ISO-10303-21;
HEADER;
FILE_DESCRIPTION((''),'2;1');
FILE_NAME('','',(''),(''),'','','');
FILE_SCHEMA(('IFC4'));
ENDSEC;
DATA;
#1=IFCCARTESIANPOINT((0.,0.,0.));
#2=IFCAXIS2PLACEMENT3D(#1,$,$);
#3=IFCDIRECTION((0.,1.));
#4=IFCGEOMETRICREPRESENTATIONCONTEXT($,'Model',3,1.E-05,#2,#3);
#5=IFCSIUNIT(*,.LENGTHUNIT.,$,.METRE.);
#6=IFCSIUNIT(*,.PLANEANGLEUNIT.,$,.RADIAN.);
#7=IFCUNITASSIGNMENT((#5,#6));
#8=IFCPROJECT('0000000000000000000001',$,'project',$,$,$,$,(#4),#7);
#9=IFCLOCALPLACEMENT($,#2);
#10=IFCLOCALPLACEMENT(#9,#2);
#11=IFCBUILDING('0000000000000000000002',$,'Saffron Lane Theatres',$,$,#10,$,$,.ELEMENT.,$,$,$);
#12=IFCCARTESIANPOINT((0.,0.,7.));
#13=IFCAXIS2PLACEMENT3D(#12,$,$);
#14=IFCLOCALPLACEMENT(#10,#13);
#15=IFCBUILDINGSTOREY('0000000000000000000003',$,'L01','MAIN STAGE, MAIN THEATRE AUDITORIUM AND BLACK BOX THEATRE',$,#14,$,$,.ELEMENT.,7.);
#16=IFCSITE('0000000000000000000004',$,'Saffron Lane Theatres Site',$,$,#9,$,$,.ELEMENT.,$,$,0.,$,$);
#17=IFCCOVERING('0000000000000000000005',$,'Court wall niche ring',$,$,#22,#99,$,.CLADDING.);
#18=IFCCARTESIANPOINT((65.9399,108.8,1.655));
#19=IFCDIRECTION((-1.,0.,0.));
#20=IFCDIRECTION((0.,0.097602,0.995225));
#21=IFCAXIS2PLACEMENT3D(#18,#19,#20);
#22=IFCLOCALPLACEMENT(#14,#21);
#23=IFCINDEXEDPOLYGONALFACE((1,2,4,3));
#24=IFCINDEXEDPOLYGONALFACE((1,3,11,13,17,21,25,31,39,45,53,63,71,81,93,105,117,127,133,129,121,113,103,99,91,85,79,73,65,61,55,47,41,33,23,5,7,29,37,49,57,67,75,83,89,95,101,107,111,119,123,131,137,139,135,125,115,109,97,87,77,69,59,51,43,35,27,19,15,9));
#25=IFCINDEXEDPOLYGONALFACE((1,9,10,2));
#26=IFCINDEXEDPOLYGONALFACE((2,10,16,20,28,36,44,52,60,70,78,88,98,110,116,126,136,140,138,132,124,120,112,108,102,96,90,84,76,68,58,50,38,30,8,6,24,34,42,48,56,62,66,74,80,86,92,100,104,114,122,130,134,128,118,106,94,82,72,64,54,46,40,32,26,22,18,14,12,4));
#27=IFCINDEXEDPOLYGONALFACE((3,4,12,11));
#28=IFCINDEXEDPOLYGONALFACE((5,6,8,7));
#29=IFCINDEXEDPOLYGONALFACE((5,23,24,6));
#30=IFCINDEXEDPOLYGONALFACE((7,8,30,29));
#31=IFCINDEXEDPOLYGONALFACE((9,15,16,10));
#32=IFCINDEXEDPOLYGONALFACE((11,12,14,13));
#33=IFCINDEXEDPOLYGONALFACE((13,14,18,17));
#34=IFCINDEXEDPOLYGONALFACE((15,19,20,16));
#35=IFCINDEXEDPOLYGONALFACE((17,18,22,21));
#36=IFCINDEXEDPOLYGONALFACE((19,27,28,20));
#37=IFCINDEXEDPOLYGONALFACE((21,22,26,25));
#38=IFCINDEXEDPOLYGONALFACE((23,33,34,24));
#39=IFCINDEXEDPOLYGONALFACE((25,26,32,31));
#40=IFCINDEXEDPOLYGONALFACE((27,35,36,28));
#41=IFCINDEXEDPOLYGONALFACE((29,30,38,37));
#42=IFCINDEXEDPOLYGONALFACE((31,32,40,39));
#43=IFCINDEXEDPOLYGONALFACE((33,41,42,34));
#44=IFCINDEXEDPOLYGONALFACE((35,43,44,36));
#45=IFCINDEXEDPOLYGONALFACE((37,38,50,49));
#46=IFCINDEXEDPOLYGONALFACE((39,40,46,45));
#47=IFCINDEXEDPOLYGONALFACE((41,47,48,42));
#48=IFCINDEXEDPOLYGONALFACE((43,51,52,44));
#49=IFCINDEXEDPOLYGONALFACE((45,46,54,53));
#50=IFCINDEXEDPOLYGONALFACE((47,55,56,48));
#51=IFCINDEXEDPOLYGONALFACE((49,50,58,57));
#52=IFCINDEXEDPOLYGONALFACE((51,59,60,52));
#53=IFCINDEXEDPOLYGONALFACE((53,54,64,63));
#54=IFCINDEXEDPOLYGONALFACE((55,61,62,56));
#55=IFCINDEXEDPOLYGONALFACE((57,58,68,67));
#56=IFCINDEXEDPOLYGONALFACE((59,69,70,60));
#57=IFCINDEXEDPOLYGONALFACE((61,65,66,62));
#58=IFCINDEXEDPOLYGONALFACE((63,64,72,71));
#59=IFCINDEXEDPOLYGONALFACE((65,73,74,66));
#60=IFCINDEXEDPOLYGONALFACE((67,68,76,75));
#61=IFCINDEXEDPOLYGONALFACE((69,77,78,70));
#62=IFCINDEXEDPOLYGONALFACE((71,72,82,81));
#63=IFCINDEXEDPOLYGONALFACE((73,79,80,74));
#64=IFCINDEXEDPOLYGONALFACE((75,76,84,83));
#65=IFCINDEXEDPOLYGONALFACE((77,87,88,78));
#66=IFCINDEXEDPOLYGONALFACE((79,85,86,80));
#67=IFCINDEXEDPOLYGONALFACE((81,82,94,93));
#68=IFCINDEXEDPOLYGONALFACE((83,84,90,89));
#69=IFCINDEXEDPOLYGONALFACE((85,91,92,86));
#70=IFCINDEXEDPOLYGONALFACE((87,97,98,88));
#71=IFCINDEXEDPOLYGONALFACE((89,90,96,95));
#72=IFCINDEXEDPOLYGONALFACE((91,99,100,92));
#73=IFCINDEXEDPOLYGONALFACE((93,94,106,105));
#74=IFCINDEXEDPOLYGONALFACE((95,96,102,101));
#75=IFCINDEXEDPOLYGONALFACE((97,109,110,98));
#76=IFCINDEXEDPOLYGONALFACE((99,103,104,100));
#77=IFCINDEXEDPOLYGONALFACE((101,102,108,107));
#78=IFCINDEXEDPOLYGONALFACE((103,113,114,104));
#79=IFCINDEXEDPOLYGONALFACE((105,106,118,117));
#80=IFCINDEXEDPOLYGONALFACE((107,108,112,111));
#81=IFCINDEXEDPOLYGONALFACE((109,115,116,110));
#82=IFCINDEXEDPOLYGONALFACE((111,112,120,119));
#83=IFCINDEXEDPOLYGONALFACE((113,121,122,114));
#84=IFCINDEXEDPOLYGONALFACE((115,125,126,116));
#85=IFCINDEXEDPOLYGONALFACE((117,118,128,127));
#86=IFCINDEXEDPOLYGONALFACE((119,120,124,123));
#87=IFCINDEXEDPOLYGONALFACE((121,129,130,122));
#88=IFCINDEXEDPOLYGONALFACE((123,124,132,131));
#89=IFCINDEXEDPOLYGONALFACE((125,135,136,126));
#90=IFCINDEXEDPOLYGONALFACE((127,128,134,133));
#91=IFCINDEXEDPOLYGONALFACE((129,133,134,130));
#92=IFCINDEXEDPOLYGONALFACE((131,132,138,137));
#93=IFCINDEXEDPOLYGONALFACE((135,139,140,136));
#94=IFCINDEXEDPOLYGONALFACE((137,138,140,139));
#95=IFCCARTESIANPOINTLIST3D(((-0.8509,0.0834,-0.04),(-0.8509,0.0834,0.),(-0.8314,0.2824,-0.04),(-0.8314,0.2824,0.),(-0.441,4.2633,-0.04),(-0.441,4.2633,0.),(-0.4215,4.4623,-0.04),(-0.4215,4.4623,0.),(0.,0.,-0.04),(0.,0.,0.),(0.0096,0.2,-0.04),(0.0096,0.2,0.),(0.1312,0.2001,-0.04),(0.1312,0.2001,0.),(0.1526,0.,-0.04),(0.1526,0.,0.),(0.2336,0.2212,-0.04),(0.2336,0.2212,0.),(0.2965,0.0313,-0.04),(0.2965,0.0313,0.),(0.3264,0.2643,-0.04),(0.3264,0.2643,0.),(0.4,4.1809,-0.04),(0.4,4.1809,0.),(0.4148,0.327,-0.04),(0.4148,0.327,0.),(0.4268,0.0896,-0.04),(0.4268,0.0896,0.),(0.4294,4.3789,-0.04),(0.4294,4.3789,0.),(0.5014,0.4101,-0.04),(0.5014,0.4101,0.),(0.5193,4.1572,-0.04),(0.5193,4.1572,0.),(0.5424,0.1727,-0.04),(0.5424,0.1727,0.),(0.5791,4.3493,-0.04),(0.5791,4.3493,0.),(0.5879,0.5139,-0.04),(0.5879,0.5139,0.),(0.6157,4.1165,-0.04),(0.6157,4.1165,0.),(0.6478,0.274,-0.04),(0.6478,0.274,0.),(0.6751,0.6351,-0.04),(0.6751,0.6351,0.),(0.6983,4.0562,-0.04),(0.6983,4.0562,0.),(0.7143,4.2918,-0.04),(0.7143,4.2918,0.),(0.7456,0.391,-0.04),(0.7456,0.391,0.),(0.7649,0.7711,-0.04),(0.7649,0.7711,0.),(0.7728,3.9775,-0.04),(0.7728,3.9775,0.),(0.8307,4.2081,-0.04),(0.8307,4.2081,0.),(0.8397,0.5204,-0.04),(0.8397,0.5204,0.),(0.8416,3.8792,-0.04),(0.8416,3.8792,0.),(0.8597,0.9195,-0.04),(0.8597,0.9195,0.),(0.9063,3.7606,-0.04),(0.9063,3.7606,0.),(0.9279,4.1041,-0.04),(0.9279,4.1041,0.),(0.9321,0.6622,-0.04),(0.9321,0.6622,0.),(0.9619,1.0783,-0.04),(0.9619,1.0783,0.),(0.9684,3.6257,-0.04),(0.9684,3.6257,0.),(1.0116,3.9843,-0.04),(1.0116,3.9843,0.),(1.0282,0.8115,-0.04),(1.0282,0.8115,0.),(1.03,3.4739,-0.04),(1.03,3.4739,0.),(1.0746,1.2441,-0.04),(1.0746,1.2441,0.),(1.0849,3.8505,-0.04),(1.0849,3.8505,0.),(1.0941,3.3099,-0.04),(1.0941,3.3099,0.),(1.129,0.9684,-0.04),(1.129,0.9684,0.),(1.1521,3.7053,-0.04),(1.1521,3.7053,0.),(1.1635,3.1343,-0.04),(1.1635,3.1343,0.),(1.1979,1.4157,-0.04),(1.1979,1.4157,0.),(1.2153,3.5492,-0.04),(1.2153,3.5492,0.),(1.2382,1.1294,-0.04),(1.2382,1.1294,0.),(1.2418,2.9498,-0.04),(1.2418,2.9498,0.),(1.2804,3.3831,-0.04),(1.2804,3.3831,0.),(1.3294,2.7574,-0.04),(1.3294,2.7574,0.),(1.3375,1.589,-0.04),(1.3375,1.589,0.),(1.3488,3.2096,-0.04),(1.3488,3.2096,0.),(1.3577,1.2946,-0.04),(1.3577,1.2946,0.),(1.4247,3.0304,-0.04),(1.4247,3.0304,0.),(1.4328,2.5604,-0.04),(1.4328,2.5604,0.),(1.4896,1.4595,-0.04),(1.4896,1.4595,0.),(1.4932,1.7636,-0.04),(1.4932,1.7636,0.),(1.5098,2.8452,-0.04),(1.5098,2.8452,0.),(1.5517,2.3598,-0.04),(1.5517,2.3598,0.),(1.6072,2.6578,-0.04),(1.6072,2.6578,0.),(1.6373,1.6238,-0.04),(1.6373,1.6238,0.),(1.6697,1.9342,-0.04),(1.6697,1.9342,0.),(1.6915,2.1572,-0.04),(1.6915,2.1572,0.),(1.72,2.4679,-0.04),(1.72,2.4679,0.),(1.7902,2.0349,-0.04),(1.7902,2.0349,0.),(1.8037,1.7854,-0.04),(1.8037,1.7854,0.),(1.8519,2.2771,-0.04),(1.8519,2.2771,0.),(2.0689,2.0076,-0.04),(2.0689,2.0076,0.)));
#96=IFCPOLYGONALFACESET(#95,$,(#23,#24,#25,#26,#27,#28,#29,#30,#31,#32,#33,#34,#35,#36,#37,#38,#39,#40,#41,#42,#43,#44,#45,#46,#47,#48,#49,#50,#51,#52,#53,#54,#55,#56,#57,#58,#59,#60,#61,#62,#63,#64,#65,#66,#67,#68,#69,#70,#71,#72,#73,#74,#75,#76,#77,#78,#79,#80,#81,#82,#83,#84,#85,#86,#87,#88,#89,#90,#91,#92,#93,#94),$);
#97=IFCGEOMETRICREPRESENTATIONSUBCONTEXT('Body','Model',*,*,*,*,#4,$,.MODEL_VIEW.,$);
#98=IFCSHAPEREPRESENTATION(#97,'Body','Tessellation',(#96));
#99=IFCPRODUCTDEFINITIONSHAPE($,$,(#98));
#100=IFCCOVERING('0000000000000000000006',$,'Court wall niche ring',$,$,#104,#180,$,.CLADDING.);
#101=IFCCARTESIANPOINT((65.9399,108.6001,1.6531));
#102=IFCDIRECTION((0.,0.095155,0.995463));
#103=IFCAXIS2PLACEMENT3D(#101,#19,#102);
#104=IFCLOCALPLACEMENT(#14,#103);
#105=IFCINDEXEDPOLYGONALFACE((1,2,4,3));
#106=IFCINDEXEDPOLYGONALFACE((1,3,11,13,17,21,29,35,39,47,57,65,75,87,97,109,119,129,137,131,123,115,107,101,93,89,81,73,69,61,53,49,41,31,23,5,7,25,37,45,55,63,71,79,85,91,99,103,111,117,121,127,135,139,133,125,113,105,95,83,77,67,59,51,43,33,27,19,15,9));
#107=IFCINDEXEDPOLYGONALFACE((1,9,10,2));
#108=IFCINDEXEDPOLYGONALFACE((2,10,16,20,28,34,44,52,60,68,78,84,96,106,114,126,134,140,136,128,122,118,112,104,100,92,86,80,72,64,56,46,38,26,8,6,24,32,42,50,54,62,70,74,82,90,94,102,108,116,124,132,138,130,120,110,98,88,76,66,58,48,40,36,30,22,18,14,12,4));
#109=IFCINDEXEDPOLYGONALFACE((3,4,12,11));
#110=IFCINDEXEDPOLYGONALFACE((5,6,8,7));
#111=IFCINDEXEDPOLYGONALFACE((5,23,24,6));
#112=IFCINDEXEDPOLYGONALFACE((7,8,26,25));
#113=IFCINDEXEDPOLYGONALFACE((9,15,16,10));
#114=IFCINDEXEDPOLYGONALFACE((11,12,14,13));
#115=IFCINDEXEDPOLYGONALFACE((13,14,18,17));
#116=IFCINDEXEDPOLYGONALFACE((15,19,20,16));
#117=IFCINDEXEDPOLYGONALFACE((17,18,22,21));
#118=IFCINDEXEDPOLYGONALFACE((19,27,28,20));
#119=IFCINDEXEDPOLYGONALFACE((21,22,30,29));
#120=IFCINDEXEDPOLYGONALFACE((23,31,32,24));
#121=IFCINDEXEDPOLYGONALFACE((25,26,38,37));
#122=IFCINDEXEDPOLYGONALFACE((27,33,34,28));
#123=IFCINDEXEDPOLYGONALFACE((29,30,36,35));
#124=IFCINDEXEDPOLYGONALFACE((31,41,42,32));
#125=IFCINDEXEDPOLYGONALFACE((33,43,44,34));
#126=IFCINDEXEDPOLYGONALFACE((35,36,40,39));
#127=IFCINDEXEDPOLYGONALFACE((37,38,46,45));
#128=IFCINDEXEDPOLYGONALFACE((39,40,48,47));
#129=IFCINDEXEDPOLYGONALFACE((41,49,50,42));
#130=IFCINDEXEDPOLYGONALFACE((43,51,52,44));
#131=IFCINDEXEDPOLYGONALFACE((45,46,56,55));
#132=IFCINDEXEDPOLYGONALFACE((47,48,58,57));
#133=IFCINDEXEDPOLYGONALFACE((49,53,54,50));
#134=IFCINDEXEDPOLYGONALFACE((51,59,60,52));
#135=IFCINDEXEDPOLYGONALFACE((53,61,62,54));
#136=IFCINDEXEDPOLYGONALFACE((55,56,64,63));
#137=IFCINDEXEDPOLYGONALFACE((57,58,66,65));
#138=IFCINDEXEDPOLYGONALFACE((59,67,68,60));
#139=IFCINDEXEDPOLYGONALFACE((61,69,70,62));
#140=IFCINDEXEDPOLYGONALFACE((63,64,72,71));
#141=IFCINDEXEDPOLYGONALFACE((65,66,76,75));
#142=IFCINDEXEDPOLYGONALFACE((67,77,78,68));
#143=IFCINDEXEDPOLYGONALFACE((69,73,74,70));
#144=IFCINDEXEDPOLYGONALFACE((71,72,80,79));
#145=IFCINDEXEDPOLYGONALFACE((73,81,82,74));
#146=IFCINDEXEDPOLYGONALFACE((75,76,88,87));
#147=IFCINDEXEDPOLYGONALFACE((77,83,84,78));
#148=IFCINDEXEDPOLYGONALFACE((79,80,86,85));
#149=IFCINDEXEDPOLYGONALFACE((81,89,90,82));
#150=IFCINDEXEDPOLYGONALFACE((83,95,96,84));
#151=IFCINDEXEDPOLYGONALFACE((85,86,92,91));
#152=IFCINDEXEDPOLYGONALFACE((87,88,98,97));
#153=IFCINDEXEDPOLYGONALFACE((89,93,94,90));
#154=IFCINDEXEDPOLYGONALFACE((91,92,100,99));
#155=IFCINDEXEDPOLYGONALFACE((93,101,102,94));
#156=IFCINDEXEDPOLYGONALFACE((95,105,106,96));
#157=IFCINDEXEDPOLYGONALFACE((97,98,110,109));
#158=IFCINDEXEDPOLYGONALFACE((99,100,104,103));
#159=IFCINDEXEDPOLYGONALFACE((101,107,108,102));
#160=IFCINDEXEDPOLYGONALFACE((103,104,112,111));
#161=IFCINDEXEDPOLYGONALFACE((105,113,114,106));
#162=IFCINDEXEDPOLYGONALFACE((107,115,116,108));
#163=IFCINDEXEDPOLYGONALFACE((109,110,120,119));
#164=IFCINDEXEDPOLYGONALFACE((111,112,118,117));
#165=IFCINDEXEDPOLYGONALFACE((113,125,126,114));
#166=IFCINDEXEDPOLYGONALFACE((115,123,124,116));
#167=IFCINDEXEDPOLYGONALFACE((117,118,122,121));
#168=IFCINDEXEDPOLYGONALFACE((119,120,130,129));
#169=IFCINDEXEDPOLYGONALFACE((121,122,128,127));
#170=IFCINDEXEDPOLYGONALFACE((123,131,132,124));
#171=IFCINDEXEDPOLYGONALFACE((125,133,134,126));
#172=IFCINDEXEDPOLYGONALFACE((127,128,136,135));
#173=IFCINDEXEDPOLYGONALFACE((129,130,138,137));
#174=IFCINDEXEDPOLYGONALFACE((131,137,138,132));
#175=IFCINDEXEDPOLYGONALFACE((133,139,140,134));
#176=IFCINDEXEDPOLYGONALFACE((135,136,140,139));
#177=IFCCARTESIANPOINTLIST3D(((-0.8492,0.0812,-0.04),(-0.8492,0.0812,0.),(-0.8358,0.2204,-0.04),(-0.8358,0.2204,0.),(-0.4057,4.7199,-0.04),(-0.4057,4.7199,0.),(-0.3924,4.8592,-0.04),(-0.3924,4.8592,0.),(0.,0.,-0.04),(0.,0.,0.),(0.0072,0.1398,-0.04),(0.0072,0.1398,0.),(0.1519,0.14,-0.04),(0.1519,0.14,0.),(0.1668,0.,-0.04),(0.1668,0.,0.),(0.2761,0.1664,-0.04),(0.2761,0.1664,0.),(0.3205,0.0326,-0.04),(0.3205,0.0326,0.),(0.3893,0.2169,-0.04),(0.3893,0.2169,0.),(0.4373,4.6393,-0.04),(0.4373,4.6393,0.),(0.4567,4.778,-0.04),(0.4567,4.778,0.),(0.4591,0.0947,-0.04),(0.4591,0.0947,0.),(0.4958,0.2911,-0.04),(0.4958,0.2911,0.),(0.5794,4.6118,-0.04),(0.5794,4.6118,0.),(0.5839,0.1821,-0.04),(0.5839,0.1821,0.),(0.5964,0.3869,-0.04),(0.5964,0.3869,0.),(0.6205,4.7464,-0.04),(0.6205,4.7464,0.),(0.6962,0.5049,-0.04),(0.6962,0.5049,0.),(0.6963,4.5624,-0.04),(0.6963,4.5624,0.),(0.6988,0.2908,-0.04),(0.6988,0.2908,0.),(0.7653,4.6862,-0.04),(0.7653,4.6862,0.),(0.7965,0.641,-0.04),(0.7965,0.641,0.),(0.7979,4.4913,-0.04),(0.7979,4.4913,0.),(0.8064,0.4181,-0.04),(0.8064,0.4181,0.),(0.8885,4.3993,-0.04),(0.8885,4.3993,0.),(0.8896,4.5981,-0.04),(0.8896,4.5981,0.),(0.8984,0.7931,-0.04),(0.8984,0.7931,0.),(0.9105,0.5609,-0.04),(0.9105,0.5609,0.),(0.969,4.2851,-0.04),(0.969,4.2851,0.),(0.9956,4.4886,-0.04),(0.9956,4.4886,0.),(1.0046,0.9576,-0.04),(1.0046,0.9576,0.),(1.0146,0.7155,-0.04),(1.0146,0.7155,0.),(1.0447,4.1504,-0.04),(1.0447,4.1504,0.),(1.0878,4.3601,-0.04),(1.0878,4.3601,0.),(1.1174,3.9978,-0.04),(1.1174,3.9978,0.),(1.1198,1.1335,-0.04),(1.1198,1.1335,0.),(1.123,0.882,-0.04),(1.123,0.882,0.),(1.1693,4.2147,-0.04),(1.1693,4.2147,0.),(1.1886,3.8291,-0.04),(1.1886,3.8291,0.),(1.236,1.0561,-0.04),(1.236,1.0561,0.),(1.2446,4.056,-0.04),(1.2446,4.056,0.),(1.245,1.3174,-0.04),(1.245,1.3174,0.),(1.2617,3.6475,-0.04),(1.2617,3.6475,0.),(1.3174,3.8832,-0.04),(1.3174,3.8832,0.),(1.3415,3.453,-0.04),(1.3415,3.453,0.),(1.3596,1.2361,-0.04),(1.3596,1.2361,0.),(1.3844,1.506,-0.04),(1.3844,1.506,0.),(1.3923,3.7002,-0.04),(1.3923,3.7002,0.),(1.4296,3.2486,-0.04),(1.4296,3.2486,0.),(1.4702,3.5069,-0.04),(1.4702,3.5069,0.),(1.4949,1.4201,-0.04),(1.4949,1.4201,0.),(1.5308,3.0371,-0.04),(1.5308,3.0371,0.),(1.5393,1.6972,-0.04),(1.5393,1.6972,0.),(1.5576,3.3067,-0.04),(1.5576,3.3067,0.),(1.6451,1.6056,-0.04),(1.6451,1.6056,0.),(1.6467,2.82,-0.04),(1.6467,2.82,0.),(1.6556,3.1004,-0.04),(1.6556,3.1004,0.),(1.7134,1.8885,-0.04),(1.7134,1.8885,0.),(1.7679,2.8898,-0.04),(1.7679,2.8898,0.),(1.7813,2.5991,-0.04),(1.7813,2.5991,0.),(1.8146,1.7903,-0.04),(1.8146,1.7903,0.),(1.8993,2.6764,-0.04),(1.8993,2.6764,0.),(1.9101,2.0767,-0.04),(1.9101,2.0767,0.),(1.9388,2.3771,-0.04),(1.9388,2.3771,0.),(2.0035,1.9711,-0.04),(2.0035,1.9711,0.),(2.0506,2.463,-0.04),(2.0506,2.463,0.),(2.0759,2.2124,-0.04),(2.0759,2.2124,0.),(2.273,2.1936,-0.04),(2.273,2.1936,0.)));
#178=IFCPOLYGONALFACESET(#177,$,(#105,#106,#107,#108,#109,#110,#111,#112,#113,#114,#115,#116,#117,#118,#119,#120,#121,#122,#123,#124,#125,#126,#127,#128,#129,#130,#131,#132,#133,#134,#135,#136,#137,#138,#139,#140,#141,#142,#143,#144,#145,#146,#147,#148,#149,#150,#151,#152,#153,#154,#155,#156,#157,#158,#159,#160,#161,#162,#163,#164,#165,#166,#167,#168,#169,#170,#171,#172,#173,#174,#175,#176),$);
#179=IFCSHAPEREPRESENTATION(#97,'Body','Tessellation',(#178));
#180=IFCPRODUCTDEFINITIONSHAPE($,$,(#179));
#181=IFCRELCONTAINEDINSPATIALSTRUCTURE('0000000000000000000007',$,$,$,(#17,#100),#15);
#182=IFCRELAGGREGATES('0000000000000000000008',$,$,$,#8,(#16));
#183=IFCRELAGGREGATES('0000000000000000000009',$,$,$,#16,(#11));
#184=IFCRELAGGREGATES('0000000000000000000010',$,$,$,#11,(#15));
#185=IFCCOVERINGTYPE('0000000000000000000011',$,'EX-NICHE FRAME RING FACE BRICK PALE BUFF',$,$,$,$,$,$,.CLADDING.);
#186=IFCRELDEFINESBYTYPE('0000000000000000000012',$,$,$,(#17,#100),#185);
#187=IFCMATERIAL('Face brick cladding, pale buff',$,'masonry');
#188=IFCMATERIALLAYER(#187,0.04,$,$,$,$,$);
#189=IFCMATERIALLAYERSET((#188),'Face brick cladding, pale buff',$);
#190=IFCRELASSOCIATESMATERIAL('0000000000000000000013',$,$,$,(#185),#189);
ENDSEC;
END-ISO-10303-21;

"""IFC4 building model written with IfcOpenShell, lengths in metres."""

from ifc_helpers import new_model, si_unit, direction, frame, origin, place, context, subcontext, project, spatial, polyline, outline, extrude, material, layer, layer_set, type_object, element, save


model = new_model("IFC4")

# Units and contexts
model_context = context("Model", 3, precision=1e-05, world=origin(), true_north=direction((0.0, 1.0)))
body_context = subcontext(model_context, "Body", "Model", "MODEL_VIEW")
ifc_project = project(units=[si_unit("LENGTHUNIT", "METRE"), si_unit("PLANEANGLEUNIT", "RADIAN")], contexts=[model_context])

# Site, building, storey
site_placement = place(None, origin())
site = spatial("IfcSite", under=ifc_project, at=site_placement, Name="Saffron Lane Theatres Site", CompositionType="ELEMENT", RefElevation=0.0)
building_placement = place(site_placement, origin())
building = spatial("IfcBuilding", under=site, at=building_placement, Name="Saffron Lane Theatres", CompositionType="ELEMENT")
storey_placement = place(building_placement, frame((0.0, 0.0, 7.0)))
storey = spatial("IfcBuildingStorey", under=building, at=storey_placement, Name="L01", Description="MAIN STAGE, MAIN THEATRE AUDITORIUM AND BLACK BOX THEATRE", CompositionType="ELEMENT", Elevation=7.0)

# Coverings
ifc_material_1 = material(Name="Face brick cladding, pale buff", Category="masonry")
ifc_layer_1 = layer(ifc_material_1, 0.04)
ifc_layer_set_1 = layer_set([ifc_layer_1], Name="Face brick cladding, pale buff")
covering_type_1 = type_object("IfcCoveringType", Name="EX-NICHE FRAME RING FACE BRICK PALE BUFF", PredefinedType="CLADDING", material=ifc_layer_set_1)
covering_1_placement = place(storey_placement, frame((65.9399, 108.8, 1.655), z_axis=(-1.0, 0.0, 0.0), x_axis=(0.0, 0.097602, 0.995225)))
element("IfcCovering", 1, at=covering_1_placement, inside=storey, type_object=covering_type_1, Name="Court wall niche ring", PredefinedType="CLADDING", context=body_context, shape_type="SweptSolid", body=[
    extrude(outline(polyline([(0.0, 0.0), (0.1526, 0.0), (0.2965, 0.0313), (0.4268, 0.0896), (0.5424, 0.1727), (0.6478, 0.274), (0.7456, 0.391), (0.8397, 0.5204), (0.9321, 0.6622), (1.0282, 0.8115), (1.129, 0.9684), (1.2382, 1.1294), (1.3577, 1.2946), (1.4896, 1.4595), (1.6373, 1.6238), (1.8037, 1.7854), (2.0689, 2.0076), (1.8519, 2.2771), (1.72, 2.4679), (1.6072, 2.6578), (1.5098, 2.8452), (1.4247, 3.0304), (1.3488, 3.2096), (1.2804, 3.3831), (1.2153, 3.5492), (1.1521, 3.7053), (1.0849, 3.8505), (1.0116, 3.9843), (0.9279, 4.1041), (0.8307, 4.2081), (0.7143, 4.2918), (0.5791, 4.3493), (0.4294, 4.3789), (-0.4215, 4.4623), (-0.441, 4.2633), (0.4, 4.1809), (0.5193, 4.1572), (0.6157, 4.1165), (0.6983, 4.0562), (0.7728, 3.9775), (0.8416, 3.8792), (0.9063, 3.7606), (0.9684, 3.6257), (1.03, 3.4739), (1.0941, 3.3099), (1.1635, 3.1343), (1.2418, 2.9498), (1.3294, 2.7574), (1.4328, 2.5604), (1.5517, 2.3598), (1.6915, 2.1572), (1.7902, 2.0349), (1.6697, 1.9342), (1.4932, 1.7636), (1.3375, 1.589), (1.1979, 1.4157), (1.0746, 1.2441), (0.9619, 1.0783), (0.8597, 0.9195), (0.7649, 0.7711), (0.6751, 0.6351), (0.5879, 0.5139), (0.5014, 0.4101), (0.4148, 0.327), (0.3264, 0.2643), (0.2336, 0.2212), (0.1312, 0.2001), (0.0096, 0.2), (-0.8314, 0.2824), (-0.8509, 0.0834), (0.0, 0.0)])), origin(), (0.0, 0.0, -1.0), 0.04),
])
covering_2_placement = place(storey_placement, frame((65.9399, 108.6001, 1.6531), z_axis=(-1.0, 0.0, 0.0), x_axis=(0.0, 0.095155, 0.995463)))
element("IfcCovering", 2, at=covering_2_placement, inside=storey, type_object=covering_type_1, Name="Court wall niche ring", PredefinedType="CLADDING", context=body_context, shape_type="SweptSolid", body=[
    extrude(outline(polyline([(0.0, 0.0), (0.1668, 0.0), (0.3205, 0.0326), (0.4591, 0.0947), (0.5839, 0.1821), (0.6988, 0.2908), (0.8064, 0.4181), (0.9105, 0.5609), (1.0146, 0.7155), (1.123, 0.882), (1.236, 1.0561), (1.3596, 1.2361), (1.4949, 1.4201), (1.6451, 1.6056), (1.8146, 1.7903), (2.0035, 1.9711), (2.273, 2.1936), (2.0506, 2.463), (1.8993, 2.6764), (1.7679, 2.8898), (1.6556, 3.1004), (1.5576, 3.3067), (1.4702, 3.5069), (1.3923, 3.7002), (1.3174, 3.8832), (1.2446, 4.056), (1.1693, 4.2147), (1.0878, 4.3601), (0.9956, 4.4886), (0.8896, 4.5981), (0.7653, 4.6862), (0.6205, 4.7464), (0.4567, 4.778), (-0.3924, 4.8592), (-0.4057, 4.7199), (0.4373, 4.6393), (0.5794, 4.6118), (0.6963, 4.5624), (0.7979, 4.4913), (0.8885, 4.3993), (0.969, 4.2851), (1.0447, 4.1504), (1.1174, 3.9978), (1.1886, 3.8291), (1.2617, 3.6475), (1.3415, 3.453), (1.4296, 3.2486), (1.5308, 3.0371), (1.6467, 2.82), (1.7813, 2.5991), (1.9388, 2.3771), (2.0759, 2.2124), (1.9101, 2.0767), (1.7134, 1.8885), (1.5393, 1.6972), (1.3844, 1.506), (1.245, 1.3174), (1.1198, 1.1335), (1.0046, 0.9576), (0.8984, 0.7931), (0.7965, 0.641), (0.6962, 0.5049), (0.5964, 0.3869), (0.4958, 0.2911), (0.3893, 0.2169), (0.2761, 0.1664), (0.1519, 0.14), (0.0072, 0.1398), (-0.8358, 0.2204), (-0.8492, 0.0812), (0.0, 0.0)])), origin(), (0.0, 0.0, -1.0), 0.04),
])

save(model, "model.ifc")
